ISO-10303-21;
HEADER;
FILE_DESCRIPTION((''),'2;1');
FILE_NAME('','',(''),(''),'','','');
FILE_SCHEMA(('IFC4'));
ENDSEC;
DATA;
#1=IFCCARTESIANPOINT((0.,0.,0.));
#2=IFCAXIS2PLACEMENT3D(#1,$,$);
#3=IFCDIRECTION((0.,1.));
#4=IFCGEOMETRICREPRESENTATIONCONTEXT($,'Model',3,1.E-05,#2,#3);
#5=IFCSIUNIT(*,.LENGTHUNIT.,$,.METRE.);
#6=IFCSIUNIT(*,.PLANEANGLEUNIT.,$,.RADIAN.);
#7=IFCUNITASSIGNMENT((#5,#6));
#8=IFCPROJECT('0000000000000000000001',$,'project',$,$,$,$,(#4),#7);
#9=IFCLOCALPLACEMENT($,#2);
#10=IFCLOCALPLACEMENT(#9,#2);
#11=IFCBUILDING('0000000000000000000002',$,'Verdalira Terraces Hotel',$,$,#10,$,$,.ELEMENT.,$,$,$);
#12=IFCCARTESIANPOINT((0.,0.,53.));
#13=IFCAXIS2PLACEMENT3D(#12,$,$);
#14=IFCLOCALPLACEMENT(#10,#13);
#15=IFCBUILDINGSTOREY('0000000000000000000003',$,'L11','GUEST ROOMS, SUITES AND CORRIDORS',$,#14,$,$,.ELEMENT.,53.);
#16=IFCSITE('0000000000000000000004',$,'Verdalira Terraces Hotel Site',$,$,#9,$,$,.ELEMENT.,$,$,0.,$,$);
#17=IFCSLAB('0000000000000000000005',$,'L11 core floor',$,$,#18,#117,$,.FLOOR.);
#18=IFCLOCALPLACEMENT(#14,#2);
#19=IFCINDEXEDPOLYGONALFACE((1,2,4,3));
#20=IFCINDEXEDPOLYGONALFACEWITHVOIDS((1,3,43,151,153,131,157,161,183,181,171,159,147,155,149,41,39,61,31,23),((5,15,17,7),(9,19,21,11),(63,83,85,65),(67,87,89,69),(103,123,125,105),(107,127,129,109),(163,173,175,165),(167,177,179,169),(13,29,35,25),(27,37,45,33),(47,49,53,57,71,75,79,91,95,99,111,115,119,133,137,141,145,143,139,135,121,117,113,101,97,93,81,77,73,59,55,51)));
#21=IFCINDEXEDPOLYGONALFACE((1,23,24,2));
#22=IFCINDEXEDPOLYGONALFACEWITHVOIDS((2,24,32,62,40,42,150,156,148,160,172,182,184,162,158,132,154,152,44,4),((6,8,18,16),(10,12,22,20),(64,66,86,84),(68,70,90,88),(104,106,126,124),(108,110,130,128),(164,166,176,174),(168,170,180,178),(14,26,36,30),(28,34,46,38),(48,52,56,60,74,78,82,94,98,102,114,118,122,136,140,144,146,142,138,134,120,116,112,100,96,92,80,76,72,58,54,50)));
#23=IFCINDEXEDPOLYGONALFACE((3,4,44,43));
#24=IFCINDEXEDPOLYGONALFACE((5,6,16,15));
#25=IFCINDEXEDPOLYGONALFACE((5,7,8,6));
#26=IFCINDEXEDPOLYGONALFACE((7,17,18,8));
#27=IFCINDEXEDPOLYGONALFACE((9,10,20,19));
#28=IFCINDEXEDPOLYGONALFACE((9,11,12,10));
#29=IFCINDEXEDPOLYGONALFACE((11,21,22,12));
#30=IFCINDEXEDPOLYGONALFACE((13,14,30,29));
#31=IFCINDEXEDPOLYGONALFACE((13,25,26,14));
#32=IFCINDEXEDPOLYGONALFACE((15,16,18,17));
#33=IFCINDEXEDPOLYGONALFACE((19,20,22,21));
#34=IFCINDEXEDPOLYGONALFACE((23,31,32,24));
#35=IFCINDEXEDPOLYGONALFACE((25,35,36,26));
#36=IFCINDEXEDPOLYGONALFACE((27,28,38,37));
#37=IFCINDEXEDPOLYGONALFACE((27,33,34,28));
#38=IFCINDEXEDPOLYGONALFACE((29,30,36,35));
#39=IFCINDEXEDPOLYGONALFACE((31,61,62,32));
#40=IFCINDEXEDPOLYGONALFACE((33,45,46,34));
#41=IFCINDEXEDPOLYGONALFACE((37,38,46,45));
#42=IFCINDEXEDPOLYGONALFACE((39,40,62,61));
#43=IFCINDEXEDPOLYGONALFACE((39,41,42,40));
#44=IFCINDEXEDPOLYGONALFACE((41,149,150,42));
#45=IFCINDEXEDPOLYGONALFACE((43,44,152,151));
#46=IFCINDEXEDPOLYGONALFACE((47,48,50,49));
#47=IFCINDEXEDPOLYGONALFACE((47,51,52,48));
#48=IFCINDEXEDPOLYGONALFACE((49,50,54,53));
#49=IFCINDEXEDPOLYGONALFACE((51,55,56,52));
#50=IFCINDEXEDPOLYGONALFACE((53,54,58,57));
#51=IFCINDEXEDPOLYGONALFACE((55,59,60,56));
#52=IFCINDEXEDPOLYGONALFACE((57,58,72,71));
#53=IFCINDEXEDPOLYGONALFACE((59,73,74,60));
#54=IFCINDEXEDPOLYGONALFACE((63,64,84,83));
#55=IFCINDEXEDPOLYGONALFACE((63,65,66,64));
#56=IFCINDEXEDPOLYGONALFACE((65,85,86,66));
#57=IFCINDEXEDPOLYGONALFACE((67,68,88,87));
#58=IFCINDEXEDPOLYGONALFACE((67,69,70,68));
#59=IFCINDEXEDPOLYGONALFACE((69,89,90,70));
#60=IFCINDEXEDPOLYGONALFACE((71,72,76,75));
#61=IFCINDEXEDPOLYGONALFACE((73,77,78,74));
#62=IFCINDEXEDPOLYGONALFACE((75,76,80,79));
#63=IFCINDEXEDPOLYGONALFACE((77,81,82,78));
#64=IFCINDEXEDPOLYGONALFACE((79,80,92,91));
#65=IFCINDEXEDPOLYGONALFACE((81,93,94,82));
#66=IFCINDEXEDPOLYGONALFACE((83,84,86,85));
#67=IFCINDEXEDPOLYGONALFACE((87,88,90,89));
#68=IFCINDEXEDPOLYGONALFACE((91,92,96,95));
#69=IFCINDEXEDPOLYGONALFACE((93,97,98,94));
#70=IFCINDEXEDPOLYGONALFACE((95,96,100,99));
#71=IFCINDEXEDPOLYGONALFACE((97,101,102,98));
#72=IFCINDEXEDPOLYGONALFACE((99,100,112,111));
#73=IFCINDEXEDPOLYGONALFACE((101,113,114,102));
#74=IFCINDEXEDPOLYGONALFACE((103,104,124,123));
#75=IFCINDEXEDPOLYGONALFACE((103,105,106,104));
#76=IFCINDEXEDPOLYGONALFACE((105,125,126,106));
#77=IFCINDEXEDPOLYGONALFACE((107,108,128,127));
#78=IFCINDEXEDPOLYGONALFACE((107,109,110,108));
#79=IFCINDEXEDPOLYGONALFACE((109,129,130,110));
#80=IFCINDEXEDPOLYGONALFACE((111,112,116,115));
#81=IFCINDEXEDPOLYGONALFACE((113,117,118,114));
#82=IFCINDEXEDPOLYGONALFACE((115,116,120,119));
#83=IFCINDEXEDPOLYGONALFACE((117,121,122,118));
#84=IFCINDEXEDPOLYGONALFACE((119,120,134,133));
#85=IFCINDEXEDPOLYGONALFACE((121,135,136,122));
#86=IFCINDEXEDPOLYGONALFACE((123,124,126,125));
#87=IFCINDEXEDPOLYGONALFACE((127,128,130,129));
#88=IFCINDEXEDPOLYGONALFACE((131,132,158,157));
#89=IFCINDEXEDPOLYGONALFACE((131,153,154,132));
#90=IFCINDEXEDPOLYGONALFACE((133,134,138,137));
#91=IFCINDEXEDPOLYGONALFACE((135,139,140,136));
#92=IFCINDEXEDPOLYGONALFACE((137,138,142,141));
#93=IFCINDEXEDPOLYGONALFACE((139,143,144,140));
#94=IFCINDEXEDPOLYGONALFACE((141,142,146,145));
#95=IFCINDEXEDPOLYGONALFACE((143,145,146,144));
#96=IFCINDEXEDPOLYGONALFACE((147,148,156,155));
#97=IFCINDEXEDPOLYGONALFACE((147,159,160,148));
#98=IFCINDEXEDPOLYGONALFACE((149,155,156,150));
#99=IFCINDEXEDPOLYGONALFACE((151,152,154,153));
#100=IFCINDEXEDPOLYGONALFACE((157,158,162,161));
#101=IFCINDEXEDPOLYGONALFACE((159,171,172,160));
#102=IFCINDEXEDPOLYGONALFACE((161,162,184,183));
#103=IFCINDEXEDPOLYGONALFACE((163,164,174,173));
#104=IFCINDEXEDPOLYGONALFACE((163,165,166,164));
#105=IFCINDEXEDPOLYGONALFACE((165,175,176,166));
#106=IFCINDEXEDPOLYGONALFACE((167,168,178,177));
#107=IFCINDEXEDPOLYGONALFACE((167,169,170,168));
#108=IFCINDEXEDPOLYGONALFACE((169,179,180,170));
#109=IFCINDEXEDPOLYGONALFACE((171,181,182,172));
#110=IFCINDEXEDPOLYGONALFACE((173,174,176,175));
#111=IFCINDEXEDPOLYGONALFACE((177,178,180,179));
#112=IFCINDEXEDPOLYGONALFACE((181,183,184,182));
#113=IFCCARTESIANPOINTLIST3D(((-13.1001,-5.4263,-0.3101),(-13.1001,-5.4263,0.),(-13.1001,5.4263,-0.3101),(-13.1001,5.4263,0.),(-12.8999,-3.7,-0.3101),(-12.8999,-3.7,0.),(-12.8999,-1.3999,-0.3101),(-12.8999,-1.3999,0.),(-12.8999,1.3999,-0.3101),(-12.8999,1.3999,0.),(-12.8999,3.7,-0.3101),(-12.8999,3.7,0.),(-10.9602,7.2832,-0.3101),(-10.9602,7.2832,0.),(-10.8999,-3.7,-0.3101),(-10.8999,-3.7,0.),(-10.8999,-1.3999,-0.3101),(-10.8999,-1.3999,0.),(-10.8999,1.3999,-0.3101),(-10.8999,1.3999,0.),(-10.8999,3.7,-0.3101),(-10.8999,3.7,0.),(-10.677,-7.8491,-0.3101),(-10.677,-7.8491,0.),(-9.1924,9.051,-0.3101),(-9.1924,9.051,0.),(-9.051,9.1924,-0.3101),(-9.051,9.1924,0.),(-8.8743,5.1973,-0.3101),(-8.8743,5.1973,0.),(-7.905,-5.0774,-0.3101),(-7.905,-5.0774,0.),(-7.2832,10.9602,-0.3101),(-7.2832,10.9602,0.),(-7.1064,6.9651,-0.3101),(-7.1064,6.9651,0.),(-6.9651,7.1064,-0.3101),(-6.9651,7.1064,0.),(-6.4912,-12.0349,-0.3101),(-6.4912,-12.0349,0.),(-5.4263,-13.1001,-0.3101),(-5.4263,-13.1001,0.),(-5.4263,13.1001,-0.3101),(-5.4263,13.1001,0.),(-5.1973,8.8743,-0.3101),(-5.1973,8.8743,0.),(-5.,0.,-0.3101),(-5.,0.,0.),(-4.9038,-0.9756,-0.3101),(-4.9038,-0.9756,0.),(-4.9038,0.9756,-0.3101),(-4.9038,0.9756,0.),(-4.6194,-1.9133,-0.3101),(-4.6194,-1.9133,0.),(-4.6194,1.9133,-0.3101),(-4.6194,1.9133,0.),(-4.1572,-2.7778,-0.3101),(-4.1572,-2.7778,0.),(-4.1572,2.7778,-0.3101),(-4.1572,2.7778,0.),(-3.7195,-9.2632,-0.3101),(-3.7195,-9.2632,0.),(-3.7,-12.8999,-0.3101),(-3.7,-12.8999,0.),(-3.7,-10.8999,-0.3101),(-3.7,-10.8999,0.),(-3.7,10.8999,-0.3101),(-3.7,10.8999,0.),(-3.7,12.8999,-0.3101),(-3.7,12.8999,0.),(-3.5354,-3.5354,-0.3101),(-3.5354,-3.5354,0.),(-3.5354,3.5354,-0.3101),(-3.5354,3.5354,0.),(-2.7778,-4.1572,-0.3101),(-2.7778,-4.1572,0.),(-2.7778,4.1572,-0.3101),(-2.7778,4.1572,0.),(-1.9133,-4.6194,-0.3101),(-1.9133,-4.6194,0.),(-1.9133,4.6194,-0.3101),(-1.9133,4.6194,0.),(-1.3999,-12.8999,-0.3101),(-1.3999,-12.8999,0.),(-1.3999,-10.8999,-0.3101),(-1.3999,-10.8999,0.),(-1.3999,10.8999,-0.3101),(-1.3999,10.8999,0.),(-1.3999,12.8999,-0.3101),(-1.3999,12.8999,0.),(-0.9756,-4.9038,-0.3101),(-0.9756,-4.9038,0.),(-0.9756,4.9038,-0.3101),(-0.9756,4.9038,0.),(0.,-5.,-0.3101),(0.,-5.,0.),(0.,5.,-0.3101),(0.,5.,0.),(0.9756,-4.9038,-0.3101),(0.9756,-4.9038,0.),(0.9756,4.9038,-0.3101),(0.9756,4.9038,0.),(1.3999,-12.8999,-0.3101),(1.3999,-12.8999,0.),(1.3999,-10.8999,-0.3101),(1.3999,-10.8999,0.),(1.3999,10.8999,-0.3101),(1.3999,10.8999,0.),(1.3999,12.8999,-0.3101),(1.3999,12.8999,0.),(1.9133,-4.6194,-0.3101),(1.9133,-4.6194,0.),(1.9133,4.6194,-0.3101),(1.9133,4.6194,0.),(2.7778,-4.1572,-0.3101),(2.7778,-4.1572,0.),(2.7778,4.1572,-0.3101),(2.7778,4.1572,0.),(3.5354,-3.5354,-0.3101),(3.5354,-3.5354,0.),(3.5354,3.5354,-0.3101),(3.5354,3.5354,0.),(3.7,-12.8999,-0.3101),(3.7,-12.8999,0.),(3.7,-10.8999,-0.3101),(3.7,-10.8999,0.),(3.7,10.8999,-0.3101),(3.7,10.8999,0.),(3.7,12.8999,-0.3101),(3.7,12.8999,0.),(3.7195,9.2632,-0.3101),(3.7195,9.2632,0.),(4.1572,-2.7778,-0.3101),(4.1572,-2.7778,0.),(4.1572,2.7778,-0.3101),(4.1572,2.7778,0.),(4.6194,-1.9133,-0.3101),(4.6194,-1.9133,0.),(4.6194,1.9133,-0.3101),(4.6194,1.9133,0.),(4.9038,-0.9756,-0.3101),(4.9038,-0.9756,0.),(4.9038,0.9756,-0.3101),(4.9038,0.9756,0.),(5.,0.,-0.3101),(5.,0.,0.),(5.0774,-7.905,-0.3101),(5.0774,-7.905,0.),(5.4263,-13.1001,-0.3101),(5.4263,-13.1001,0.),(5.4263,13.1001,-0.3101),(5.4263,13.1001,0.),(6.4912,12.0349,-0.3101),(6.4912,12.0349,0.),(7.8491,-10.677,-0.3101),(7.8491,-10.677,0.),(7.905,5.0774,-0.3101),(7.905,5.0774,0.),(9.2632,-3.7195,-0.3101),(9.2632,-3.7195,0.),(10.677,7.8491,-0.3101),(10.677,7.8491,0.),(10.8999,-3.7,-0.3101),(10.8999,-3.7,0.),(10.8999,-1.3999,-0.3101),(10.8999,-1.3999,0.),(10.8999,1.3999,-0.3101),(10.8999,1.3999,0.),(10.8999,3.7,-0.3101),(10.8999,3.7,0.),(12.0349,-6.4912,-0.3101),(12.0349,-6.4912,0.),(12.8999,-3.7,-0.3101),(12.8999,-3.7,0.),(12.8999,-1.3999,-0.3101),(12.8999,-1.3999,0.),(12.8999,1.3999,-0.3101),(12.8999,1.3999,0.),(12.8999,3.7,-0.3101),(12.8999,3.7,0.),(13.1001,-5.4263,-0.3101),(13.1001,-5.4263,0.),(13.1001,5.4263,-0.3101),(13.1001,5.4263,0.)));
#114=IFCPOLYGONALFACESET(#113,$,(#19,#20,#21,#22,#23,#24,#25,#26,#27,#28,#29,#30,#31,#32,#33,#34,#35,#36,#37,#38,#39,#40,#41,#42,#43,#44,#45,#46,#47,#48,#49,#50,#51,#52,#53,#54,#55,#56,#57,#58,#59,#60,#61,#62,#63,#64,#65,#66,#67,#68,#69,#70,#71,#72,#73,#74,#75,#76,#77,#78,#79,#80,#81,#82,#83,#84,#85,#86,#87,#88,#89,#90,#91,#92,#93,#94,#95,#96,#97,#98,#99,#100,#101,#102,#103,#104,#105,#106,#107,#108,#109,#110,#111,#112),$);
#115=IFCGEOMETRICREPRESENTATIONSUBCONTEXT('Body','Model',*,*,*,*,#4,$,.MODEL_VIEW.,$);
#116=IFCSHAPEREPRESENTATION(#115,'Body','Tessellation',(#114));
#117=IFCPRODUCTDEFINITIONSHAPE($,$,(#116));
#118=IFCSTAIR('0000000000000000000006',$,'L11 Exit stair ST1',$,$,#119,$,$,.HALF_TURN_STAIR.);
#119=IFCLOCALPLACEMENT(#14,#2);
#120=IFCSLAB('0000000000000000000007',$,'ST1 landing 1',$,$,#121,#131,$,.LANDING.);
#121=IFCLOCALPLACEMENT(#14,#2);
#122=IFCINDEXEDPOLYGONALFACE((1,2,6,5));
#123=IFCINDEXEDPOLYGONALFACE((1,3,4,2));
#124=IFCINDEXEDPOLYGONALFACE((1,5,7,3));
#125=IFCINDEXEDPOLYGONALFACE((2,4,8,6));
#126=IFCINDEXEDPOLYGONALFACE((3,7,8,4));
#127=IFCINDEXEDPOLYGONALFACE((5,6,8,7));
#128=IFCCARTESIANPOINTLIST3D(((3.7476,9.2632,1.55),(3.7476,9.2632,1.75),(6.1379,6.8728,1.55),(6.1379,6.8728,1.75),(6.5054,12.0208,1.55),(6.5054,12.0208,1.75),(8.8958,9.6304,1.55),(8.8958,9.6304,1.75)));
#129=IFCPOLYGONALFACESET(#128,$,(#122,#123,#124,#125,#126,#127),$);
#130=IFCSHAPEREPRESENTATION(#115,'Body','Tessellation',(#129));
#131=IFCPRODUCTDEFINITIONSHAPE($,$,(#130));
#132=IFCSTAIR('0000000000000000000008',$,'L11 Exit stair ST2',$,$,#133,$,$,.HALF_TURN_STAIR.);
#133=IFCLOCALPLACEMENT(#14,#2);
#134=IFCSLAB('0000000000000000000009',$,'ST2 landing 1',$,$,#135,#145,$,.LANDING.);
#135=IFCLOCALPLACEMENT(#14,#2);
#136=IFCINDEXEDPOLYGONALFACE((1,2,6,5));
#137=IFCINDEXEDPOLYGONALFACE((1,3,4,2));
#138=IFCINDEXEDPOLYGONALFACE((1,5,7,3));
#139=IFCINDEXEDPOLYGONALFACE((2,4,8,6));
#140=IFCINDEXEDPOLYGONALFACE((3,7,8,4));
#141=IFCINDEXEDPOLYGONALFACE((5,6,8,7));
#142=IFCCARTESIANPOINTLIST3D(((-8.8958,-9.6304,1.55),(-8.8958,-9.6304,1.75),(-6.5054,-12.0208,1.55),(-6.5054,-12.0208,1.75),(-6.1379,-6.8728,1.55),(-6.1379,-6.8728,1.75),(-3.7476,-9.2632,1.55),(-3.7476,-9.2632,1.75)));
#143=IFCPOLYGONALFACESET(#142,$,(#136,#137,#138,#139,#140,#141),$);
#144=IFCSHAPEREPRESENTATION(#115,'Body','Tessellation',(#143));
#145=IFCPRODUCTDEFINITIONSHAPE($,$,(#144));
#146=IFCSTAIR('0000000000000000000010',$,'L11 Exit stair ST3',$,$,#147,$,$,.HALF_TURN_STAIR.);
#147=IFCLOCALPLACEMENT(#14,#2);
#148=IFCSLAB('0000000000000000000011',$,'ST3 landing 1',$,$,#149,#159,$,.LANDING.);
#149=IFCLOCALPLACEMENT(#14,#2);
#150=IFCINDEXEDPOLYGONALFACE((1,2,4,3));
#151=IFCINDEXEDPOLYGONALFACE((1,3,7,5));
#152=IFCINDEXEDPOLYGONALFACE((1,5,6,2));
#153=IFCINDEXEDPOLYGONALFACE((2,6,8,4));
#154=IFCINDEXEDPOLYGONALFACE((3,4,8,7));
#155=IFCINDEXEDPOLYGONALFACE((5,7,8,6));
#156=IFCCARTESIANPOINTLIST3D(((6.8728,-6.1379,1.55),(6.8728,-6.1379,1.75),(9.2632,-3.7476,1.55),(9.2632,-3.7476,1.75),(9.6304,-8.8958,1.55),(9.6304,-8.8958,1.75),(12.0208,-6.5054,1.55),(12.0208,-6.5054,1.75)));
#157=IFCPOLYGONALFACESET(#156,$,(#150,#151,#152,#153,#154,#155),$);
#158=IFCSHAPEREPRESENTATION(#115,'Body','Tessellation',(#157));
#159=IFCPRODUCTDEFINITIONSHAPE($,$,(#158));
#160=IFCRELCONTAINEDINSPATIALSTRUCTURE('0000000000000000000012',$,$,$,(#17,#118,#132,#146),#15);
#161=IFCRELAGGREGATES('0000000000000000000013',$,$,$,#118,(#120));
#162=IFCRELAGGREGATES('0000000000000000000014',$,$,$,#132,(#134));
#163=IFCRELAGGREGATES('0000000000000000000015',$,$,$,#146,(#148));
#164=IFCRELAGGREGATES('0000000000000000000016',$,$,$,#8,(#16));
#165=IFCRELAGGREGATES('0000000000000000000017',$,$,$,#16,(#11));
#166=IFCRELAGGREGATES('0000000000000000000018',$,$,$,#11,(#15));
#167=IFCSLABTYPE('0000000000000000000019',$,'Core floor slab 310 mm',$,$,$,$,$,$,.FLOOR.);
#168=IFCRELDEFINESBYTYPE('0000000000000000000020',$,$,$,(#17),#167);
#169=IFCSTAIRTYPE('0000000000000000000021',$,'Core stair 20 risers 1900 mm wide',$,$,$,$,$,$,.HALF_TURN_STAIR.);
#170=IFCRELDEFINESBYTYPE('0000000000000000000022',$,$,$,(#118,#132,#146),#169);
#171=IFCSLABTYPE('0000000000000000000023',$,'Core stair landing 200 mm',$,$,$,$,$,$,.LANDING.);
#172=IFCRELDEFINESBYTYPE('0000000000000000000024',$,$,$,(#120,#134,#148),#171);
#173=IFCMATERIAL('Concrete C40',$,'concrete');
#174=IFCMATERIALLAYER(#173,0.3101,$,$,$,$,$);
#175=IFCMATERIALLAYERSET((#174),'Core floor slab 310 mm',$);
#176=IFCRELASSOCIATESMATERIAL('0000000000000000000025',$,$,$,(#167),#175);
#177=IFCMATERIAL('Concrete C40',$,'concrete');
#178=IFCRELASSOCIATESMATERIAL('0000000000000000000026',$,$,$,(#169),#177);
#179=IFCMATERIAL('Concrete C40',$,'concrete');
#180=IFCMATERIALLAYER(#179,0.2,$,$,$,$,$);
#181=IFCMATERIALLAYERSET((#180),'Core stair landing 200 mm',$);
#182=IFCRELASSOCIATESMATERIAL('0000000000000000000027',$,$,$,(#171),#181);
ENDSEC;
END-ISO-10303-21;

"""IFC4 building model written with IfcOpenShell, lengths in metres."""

from ifc_helpers import new_model, si_unit, direction, frame, origin, place, context, subcontext, project, spatial, polyline, outline, extrude, material, layer, layer_set, type_object, element, aggregate, save


model = new_model("IFC4")

# Units and contexts
model_context = context("Model", 3, precision=1e-05, world=origin(), true_north=direction((0.0, 1.0)))
body_context = subcontext(model_context, "Body", "Model", "MODEL_VIEW")
ifc_project = project(units=[si_unit("LENGTHUNIT", "METRE"), si_unit("PLANEANGLEUNIT", "RADIAN")], contexts=[model_context])

# Site, building, storey
site_placement = place(None, origin())
site = spatial("IfcSite", under=ifc_project, at=site_placement, Name="Verdalira Terraces Hotel Site", CompositionType="ELEMENT", RefElevation=0.0)
building_placement = place(site_placement, origin())
building = spatial("IfcBuilding", under=site, at=building_placement, Name="Verdalira Terraces Hotel", CompositionType="ELEMENT")
storey_placement = place(building_placement, frame((0.0, 0.0, 53.0)))
storey = spatial("IfcBuildingStorey", under=building, at=storey_placement, Name="L11", Description="GUEST ROOMS, SUITES AND CORRIDORS", CompositionType="ELEMENT", Elevation=53.0)

# Slab
ifc_material_1 = material(Name="Concrete C40", Category="concrete")
ifc_layer_1 = layer(ifc_material_1, 0.3101)
ifc_layer_set_1 = layer_set([ifc_layer_1], Name="Core floor slab 310 mm")
slab_type_1 = type_object("IfcSlabType", Name="Core floor slab 310 mm", PredefinedType="FLOOR", material=ifc_layer_set_1)
slab_1_placement = place(storey_placement, frame((0.0, 0.0, -0.3101)))
element("IfcSlab", 1, at=slab_1_placement, inside=storey, type_object=slab_type_1, Name="L11 core floor", PredefinedType="FLOOR", context=body_context, shape_type="SweptSolid", body=[
    extrude(outline(polyline([(-5.4263, 13.1001), (5.4263, 13.1001), (6.4912, 12.0349), (3.7195, 9.2632), (7.905, 5.0774), (10.677, 7.8491), (13.1001, 5.4263), (13.1001, -5.4263), (12.0349, -6.4912), (9.2632, -3.7195), (5.0774, -7.905), (7.8491, -10.677), (5.4263, -13.1001), (-5.4263, -13.1001), (-6.4912, -12.0349), (-3.7195, -9.2632), (-7.905, -5.0774), (-10.677, -7.8491), (-13.1001, -5.4263), (-13.1001, 5.4263), (-5.4263, 13.1001)]), holes=[polyline([(12.8999, -3.7), (12.8999, -1.3999), (10.8999, -1.3999), (10.8999, -3.7), (12.8999, -3.7)]), polyline([(12.8999, 1.3999), (12.8999, 3.7), (10.8999, 3.7), (10.8999, 1.3999), (12.8999, 1.3999)]), polyline([(1.3999, 10.8999), (3.7, 10.8999), (3.7, 12.8999), (1.3999, 12.8999), (1.3999, 10.8999)]), polyline([(-3.7, 10.8999), (-1.3999, 10.8999), (-1.3999, 12.8999), (-3.7, 12.8999), (-3.7, 10.8999)]), polyline([(-12.8999, 3.7), (-12.8999, 1.3999), (-10.8999, 1.3999), (-10.8999, 3.7), (-12.8999, 3.7)]), polyline([(-12.8999, -1.3999), (-12.8999, -3.7), (-10.8999, -3.7), (-10.8999, -1.3999), (-12.8999, -1.3999)]), polyline([(-1.3999, -10.8999), (-3.7, -10.8999), (-3.7, -12.8999), (-1.3999, -12.8999), (-1.3999, -10.8999)]), polyline([(3.7, -10.8999), (1.3999, -10.8999), (1.3999, -12.8999), (3.7, -12.8999), (3.7, -10.8999)]), polyline([(-9.051, 9.1924), (-6.9651, 7.1064), (-5.1973, 8.8743), (-7.2832, 10.9602), (-9.051, 9.1924)]), polyline([(-9.1924, 9.051), (-10.9602, 7.2832), (-8.8743, 5.1973), (-7.1064, 6.9651), (-9.1924, 9.051)]), polyline([(3.5354, 3.5354), (2.7778, 4.1572), (1.9133, 4.6194), (0.9756, 4.9038), (0.0, 5.0), (-0.9756, 4.9038), (-1.9133, 4.6194), (-2.7778, 4.1572), (-3.5354, 3.5354), (-4.1572, 2.7778), (-4.6194, 1.9133), (-4.9038, 0.9756), (-5.0, 0.0), (-4.9038, -0.9756), (-4.6194, -1.9133), (-4.1572, -2.7778), (-3.5354, -3.5354), (-2.7778, -4.1572), (-1.9133, -4.6194), (-0.9756, -4.9038), (0.0, -5.0), (0.9756, -4.9038), (1.9133, -4.6194), (2.7778, -4.1572), (3.5354, -3.5354), (4.1572, -2.7778), (4.6194, -1.9133), (4.9038, -0.9756), (5.0, 0.0), (4.9038, 0.9756), (4.6194, 1.9133), (4.1572, 2.7778), (3.5354, 3.5354)])]), origin(), (0.0, 0.0, 1.0), 0.3101),
])

# Stairs, slabs
ifc_material_2 = material(Name="Concrete C40", Category="concrete")
stair_type = type_object("IfcStairType", Name="Core stair 20 risers 1900 mm wide", PredefinedType="HALF_TURN_STAIR", material=ifc_material_2)
stair_1_placement = place(storey_placement, origin())
stair_1 = element("IfcStair", 2, at=stair_1_placement, inside=storey, type_object=stair_type, Name="L11 Exit stair ST1", PredefinedType="HALF_TURN_STAIR")
ifc_material_3 = material(Name="Concrete C40", Category="concrete")
ifc_layer_2 = layer(ifc_material_3, 0.2)
ifc_layer_set_2 = layer_set([ifc_layer_2], Name="Core stair landing 200 mm")
slab_type_2 = type_object("IfcSlabType", Name="Core stair landing 200 mm", PredefinedType="LANDING", material=ifc_layer_set_2)
slab_2_placement = place(storey_placement, frame((0.0, 0.0, 1.55)))
slab_2 = element("IfcSlab", 3, at=slab_2_placement, type_object=slab_type_2, Name="ST1 landing 1", PredefinedType="LANDING", context=body_context, shape_type="SweptSolid", body=[
    extrude(outline(polyline([(8.8958, 9.6304), (6.5054, 12.0208), (3.7476, 9.2632), (6.1379, 6.8728), (8.8958, 9.6304)])), origin(), (0.0, 0.0, 1.0), 0.2),
])
aggregate(stair_1, [slab_2])
stair_2_placement = place(storey_placement, origin())
stair_2 = element("IfcStair", 4, at=stair_2_placement, inside=storey, type_object=stair_type, Name="L11 Exit stair ST2", PredefinedType="HALF_TURN_STAIR")
slab_3_placement = place(storey_placement, frame((0.0, 0.0, 1.55)))
slab_3 = element("IfcSlab", 5, at=slab_3_placement, type_object=slab_type_2, Name="ST2 landing 1", PredefinedType="LANDING", context=body_context, shape_type="SweptSolid", body=[
    extrude(outline(polyline([(-8.8958, -9.6304), (-6.5054, -12.0208), (-3.7476, -9.2632), (-6.1379, -6.8728), (-8.8958, -9.6304)])), origin(), (0.0, 0.0, 1.0), 0.2),
])
aggregate(stair_2, [slab_3])
stair_3_placement = place(storey_placement, origin())
stair_3 = element("IfcStair", 6, at=stair_3_placement, inside=storey, type_object=stair_type, Name="L11 Exit stair ST3", PredefinedType="HALF_TURN_STAIR")
slab_4_placement = place(storey_placement, frame((0.0, 0.0, 1.55)))
slab_4 = element("IfcSlab", 7, at=slab_4_placement, type_object=slab_type_2, Name="ST3 landing 1", PredefinedType="LANDING", context=body_context, shape_type="SweptSolid", body=[
    extrude(outline(polyline([(9.6304, -8.8958), (12.0208, -6.5054), (9.2632, -3.7476), (6.8728, -6.1379), (9.6304, -8.8958)])), origin(), (0.0, 0.0, 1.0), 0.2),
])
aggregate(stair_3, [slab_4])

save(model, "model.ifc")
